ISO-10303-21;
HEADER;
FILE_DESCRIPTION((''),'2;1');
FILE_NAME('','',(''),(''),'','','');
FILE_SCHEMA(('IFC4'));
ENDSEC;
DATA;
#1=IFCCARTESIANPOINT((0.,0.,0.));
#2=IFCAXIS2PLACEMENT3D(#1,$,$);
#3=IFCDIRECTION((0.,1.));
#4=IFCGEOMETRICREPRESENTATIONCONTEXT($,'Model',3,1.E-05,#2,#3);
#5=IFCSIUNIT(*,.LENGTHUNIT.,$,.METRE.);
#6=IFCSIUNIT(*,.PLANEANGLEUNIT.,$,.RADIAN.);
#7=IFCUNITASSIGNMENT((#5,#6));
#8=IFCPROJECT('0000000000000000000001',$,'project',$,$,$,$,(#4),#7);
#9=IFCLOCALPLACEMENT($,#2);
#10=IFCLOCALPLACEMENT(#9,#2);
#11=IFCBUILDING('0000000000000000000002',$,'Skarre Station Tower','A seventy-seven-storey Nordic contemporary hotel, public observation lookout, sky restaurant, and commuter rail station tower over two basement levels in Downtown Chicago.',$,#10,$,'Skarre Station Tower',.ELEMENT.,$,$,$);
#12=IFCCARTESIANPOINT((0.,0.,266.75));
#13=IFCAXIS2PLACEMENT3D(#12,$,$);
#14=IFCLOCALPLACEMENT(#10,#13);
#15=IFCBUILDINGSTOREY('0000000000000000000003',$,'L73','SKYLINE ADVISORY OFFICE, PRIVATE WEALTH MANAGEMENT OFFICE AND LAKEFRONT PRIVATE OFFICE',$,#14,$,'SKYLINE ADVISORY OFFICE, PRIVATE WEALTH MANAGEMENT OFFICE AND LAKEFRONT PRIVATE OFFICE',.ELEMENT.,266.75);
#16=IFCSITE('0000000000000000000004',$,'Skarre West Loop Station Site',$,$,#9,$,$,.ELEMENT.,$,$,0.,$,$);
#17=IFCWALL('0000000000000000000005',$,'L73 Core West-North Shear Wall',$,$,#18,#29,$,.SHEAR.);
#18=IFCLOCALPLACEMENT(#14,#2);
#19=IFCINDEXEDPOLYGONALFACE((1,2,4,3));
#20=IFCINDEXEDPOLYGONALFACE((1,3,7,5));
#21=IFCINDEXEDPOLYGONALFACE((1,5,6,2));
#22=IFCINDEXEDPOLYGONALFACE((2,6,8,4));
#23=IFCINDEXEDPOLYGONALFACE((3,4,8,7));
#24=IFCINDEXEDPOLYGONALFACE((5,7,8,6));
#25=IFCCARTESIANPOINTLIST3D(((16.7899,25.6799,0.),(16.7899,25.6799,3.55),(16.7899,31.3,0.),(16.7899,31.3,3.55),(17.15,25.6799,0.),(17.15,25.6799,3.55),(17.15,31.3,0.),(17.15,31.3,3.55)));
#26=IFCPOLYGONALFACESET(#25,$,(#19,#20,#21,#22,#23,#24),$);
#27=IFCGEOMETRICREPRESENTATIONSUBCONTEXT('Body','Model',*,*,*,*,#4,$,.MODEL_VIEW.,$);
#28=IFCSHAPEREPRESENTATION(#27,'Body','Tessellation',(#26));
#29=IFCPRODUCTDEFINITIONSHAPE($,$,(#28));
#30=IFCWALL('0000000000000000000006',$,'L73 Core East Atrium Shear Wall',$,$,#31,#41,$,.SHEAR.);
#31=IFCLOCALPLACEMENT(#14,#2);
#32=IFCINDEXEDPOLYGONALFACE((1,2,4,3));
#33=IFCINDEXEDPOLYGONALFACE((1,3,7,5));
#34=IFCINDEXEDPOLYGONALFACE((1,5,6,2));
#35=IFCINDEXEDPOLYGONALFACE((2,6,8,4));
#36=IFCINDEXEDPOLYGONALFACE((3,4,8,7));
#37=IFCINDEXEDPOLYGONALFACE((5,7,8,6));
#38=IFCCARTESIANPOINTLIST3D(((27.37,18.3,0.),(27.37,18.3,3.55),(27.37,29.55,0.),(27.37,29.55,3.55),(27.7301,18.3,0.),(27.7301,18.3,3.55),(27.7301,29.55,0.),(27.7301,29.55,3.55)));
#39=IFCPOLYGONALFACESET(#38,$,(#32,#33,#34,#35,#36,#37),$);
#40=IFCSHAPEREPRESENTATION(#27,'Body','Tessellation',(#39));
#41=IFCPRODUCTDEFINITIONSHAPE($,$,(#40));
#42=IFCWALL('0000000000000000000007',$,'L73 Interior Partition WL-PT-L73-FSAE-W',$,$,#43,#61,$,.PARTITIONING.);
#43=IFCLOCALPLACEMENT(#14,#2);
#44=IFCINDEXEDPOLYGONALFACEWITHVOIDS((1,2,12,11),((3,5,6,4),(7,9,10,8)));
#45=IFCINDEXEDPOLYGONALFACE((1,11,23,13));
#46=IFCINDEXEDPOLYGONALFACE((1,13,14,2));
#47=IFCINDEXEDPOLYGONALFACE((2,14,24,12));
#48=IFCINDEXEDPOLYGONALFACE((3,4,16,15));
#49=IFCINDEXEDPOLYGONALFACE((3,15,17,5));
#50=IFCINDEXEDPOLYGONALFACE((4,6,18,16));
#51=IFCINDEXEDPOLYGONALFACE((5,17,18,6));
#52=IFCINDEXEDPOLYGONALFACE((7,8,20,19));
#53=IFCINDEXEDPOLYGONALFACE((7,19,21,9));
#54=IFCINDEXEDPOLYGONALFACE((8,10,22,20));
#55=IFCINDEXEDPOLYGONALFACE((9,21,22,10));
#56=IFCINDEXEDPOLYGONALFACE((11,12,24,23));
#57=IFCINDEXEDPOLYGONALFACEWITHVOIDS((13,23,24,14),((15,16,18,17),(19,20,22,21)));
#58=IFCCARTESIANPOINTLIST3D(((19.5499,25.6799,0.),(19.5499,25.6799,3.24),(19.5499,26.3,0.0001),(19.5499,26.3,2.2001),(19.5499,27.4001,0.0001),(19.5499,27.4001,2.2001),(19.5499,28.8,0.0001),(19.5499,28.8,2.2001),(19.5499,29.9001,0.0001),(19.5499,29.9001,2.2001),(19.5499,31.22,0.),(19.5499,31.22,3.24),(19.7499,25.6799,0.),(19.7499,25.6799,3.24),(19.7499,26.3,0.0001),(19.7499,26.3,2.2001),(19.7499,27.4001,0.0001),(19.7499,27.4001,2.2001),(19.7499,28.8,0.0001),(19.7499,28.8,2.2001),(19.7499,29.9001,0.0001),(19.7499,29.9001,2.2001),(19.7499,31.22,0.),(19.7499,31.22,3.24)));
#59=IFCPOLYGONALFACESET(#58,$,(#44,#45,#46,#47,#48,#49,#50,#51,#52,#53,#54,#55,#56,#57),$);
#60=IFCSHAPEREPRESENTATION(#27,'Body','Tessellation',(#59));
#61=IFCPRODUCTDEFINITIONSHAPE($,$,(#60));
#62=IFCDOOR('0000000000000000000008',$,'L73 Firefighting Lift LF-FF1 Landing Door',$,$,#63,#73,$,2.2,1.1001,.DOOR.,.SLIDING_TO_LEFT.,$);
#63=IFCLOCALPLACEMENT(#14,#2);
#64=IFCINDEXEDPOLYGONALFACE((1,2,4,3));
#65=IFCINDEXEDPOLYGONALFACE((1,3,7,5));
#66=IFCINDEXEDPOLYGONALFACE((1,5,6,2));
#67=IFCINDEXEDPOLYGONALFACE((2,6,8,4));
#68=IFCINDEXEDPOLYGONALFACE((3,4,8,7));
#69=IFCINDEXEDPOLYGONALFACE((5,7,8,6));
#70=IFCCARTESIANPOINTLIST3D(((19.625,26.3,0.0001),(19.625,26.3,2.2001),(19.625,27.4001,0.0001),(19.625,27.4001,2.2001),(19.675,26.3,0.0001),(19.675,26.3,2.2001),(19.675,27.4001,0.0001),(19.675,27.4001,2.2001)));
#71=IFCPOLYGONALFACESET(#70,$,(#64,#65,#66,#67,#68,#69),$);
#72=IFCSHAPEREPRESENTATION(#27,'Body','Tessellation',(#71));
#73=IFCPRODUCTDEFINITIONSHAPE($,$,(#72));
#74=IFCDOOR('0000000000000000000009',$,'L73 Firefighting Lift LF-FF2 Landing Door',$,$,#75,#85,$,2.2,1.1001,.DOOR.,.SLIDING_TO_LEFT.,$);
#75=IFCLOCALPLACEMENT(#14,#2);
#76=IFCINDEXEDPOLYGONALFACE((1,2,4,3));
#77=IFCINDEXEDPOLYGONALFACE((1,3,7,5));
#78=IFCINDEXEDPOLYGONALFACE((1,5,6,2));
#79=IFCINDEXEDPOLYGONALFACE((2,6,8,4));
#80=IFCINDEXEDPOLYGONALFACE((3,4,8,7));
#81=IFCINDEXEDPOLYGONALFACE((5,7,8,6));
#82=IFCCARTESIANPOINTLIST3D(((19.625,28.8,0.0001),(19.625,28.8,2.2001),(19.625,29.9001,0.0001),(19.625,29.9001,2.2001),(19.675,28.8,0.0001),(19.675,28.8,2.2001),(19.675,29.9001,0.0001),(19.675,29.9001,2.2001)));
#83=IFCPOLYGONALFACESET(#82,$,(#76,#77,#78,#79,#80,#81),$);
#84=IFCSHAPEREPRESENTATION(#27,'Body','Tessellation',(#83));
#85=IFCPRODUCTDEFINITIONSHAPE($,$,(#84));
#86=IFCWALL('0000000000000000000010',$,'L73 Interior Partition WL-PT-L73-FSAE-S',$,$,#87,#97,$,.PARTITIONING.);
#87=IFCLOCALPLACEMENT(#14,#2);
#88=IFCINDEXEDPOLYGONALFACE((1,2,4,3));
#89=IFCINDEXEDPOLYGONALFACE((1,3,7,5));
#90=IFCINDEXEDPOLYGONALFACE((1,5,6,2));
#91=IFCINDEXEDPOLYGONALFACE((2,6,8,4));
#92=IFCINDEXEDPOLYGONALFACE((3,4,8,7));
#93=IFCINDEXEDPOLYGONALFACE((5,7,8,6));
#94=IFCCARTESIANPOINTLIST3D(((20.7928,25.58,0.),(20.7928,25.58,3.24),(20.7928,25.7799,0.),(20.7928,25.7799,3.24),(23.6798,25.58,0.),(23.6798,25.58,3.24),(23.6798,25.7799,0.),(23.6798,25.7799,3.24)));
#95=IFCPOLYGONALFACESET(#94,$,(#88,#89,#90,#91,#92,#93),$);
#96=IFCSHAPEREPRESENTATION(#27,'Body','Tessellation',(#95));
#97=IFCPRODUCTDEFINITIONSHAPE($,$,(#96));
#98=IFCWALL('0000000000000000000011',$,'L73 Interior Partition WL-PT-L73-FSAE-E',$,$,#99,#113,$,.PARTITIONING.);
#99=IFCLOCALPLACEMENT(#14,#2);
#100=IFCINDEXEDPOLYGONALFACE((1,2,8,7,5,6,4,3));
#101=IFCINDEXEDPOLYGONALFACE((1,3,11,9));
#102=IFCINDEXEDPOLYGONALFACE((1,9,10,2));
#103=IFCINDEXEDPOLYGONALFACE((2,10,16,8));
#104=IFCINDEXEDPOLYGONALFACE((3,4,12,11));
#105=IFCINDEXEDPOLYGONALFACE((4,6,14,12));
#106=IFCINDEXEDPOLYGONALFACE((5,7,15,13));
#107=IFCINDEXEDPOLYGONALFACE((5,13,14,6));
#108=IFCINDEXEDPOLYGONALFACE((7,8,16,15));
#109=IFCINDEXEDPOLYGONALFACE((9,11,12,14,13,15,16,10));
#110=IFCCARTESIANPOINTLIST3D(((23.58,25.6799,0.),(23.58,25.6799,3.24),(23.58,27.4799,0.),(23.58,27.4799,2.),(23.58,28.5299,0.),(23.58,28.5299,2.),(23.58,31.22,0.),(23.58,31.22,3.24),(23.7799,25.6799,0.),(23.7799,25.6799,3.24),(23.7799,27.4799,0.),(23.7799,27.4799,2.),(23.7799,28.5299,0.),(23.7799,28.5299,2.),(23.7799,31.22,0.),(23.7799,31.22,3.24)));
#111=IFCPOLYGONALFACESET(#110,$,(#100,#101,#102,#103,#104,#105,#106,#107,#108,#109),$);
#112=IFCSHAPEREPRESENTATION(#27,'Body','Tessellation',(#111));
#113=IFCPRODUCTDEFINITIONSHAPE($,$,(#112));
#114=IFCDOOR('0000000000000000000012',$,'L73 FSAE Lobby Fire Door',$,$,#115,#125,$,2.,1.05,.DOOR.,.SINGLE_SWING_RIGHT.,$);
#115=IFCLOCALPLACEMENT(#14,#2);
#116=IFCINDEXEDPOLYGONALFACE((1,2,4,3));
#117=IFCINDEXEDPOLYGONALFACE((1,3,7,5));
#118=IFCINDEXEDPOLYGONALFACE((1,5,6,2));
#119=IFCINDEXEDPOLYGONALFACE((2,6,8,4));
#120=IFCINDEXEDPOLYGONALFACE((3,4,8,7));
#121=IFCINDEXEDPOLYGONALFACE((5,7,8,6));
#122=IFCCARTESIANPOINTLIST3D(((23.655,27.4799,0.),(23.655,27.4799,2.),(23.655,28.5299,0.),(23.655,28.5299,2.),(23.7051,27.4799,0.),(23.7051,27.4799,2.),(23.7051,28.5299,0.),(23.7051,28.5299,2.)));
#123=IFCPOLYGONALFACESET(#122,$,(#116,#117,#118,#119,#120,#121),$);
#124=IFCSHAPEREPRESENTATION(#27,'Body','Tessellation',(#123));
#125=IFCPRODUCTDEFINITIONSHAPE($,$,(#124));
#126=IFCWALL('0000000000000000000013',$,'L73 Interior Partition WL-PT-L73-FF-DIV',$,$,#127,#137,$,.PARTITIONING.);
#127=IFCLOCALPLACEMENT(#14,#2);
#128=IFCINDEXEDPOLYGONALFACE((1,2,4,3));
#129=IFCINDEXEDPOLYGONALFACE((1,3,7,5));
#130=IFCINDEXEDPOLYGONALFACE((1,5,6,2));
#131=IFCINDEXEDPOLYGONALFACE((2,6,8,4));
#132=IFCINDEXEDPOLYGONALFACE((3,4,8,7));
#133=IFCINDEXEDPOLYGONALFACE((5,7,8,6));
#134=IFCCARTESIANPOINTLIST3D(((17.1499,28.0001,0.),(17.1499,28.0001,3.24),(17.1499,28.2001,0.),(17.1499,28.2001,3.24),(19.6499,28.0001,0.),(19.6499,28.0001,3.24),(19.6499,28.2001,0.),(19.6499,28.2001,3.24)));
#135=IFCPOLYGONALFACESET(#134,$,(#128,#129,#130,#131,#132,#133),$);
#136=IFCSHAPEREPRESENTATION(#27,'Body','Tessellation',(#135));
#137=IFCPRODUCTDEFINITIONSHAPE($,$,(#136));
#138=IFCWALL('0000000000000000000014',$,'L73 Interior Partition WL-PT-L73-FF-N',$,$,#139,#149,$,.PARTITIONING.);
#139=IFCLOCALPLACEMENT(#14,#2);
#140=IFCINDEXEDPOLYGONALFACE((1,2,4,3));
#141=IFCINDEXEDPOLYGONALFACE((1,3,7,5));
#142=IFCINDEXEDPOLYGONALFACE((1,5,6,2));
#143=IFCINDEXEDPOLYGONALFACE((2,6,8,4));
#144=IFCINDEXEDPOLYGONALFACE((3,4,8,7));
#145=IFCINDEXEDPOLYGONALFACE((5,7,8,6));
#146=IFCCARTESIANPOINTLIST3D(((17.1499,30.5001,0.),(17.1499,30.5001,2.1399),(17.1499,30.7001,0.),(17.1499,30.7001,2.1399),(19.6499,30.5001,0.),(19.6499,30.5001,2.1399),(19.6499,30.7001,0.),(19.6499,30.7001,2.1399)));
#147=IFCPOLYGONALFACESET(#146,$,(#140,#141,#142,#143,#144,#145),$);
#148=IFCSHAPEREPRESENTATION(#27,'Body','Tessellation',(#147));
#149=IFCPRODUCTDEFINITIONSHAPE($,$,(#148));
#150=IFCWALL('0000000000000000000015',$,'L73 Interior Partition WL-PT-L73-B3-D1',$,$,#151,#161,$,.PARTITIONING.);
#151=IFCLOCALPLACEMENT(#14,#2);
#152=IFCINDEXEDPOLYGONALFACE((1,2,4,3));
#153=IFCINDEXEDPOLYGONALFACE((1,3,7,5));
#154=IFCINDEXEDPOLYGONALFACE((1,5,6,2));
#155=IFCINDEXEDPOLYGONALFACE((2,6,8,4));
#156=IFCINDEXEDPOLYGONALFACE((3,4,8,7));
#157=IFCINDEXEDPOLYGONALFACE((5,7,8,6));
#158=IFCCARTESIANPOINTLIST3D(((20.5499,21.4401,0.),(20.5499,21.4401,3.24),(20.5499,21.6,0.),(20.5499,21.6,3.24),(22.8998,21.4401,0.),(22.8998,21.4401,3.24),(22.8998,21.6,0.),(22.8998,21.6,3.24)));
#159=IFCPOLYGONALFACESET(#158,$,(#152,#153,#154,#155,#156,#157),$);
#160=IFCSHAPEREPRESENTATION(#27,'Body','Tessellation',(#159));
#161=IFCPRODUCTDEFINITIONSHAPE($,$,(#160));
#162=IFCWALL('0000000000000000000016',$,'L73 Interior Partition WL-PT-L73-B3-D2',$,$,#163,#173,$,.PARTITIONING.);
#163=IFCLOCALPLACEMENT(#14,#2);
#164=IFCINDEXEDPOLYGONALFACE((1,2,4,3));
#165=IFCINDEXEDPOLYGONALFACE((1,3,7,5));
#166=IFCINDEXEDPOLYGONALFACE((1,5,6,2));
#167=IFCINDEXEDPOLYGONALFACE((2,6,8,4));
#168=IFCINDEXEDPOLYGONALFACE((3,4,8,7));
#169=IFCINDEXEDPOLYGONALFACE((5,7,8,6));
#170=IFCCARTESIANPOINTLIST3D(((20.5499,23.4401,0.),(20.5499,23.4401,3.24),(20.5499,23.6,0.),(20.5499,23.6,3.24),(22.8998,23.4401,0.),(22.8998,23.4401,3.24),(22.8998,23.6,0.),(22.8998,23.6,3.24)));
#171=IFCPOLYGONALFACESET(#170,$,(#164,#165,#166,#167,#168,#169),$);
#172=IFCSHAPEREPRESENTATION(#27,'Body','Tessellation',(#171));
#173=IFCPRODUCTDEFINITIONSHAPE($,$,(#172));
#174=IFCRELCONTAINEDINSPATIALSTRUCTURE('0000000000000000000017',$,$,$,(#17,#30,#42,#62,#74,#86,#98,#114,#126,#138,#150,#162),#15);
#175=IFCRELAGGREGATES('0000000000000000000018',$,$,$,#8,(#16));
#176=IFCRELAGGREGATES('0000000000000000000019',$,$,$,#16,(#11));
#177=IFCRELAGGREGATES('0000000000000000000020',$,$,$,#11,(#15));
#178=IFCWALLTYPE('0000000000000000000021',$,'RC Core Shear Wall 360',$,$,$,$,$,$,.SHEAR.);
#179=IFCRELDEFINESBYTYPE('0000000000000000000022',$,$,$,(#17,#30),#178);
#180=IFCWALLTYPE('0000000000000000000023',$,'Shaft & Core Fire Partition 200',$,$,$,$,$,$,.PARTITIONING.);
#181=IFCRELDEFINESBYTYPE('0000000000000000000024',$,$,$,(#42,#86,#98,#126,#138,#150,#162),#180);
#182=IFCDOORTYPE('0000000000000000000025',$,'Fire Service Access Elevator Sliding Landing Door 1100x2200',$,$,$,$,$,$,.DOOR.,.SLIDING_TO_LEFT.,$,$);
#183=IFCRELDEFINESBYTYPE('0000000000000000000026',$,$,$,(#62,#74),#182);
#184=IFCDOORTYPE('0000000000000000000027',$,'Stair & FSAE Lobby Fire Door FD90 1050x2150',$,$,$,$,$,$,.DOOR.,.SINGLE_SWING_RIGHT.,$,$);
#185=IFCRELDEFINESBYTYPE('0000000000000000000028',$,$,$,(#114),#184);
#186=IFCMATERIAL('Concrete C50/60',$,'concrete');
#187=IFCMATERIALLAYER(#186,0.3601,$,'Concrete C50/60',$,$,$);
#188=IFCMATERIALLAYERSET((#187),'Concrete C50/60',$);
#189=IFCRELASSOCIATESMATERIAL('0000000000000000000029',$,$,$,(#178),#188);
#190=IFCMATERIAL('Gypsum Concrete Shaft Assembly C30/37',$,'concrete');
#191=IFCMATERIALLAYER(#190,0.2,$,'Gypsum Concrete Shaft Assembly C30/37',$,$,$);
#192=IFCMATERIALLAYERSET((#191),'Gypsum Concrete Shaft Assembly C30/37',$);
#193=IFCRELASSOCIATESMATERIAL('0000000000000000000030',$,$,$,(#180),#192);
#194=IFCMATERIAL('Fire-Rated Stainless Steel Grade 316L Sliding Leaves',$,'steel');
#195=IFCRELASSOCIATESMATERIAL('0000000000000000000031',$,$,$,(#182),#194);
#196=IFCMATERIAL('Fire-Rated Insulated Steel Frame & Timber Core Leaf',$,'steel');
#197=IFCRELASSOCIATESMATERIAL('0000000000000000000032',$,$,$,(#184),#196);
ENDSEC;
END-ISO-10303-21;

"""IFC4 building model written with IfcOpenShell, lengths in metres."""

from ifc_helpers import new_model, si_unit, direction, frame, frame_2d, origin, place, context, subcontext, project, spatial, rectangle, extrude, material, layer, layer_set, type_object, element, fill, save


model = new_model("IFC4")

# Units and contexts
model_context = context("Model", 3, precision=1e-05, world=origin(), true_north=direction((0.0, 1.0)))
body_context = subcontext(model_context, "Body", "Model", "MODEL_VIEW")
ifc_project = project(units=[si_unit("LENGTHUNIT", "METRE"), si_unit("PLANEANGLEUNIT", "RADIAN")], contexts=[model_context])

# Site, building, storey
site_placement = place(None, origin())
site = spatial("IfcSite", under=ifc_project, at=site_placement, Name="Skarre West Loop Station Site", CompositionType="ELEMENT", RefElevation=0.0)
building_placement = place(site_placement, origin())
building = spatial("IfcBuilding", under=site, at=building_placement, Name="Skarre Station Tower", Description="A seventy-seven-storey Nordic contemporary hotel, public observation lookout, sky restaurant, and commuter rail station tower over two basement levels in Downtown Chicago.", LongName="Skarre Station Tower", CompositionType="ELEMENT")
storey_placement = place(building_placement, frame((0.0, 0.0, 266.75)))
storey = spatial("IfcBuildingStorey", under=building, at=storey_placement, Name="L73", Description="SKYLINE ADVISORY OFFICE, PRIVATE WEALTH MANAGEMENT OFFICE AND LAKEFRONT PRIVATE OFFICE", LongName="SKYLINE ADVISORY OFFICE, PRIVATE WEALTH MANAGEMENT OFFICE AND LAKEFRONT PRIVATE OFFICE", CompositionType="ELEMENT", Elevation=266.75)

# Shared definitions
ifc_material_1 = material(Name="Concrete C50/60", Category="concrete")

# Walls
ifc_layer_1 = layer(ifc_material_1, 0.3601, Name="Concrete C50/60")
ifc_layer_set_1 = layer_set([ifc_layer_1], Name="Concrete C50/60")
wall_type_1 = type_object("IfcWallType", Name="RC Core Shear Wall 360", PredefinedType="SHEAR", material=ifc_layer_set_1)
wall_1_placement = place(storey_placement, frame((16.97, 25.6799, 0.0), z_axis=(0.0, 0.0, 1.0), x_axis=(0.0, 1.0, 0.0)))
element("IfcWall", 1, at=wall_1_placement, inside=storey, type_object=wall_type_1, Name="L73 Core West-North Shear Wall", PredefinedType="SHEAR", context=body_context, shape_type="SweptSolid", body=[
    extrude(rectangle(XDim=5.6201, YDim=0.3601, at=frame_2d((2.8101, 0.0))), origin(), (0.0, 0.0, 1.0), 3.55),
])
wall_2_placement = place(storey_placement, frame((27.55, 29.55, 0.0), z_axis=(0.0, 0.0, 1.0), x_axis=(0.0, -1.0, 0.0)))
element("IfcWall", 2, at=wall_2_placement, inside=storey, type_object=wall_type_1, Name="L73 Core East Atrium Shear Wall", PredefinedType="SHEAR", context=body_context, shape_type="SweptSolid", body=[
    extrude(rectangle(XDim=11.25, YDim=0.3601, at=frame_2d((5.625, 0.0))), origin(), (0.0, 0.0, 1.0), 3.55),
])

# Wall, openings, doors
ifc_material_2 = material(Name="Gypsum Concrete Shaft Assembly C30/37", Category="concrete")
ifc_layer_2 = layer(ifc_material_2, 0.2, Name="Gypsum Concrete Shaft Assembly C30/37")
ifc_layer_set_2 = layer_set([ifc_layer_2], Name="Gypsum Concrete Shaft Assembly C30/37")
wall_type_2 = type_object("IfcWallType", Name="Shaft & Core Fire Partition 200", PredefinedType="PARTITIONING", material=ifc_layer_set_2)
wall_3_placement = place(storey_placement, frame((19.6499, 25.6799, 0.0), z_axis=(0.0, 0.0, 1.0), x_axis=(0.0, 1.0, 0.0)))
wall_3 = element("IfcWall", 3, at=wall_3_placement, inside=storey, type_object=wall_type_2, Name="L73 Interior Partition WL-PT-L73-FSAE-W", PredefinedType="PARTITIONING", context=body_context, shape_type="SweptSolid", body=[
    extrude(rectangle(XDim=5.54, YDim=0.2, at=frame_2d((2.77, 0.0))), origin(), (0.0, 0.0, 1.0), 3.24),
])
opening_1_placement = place(wall_3_placement, frame((0.6201, 0.0, 0.0)))
opening_1 = element("IfcOpeningElement", 4, at=opening_1_placement, cuts=wall_3, PredefinedType="OPENING", context=body_context, shape_type="SweptSolid", body=[
    extrude(rectangle(XDim=1.1001, YDim=2.2, at=frame_2d((0.55, 1.1001))), frame((0.0, 0.1099, 0.0), z_axis=(0.0, -1.0, 0.0), x_axis=(1.0, 0.0, 0.0)), (0.0, 0.0, 1.0), 0.22),
])
opening_2_placement = place(wall_3_placement, frame((3.1201, 0.0, 0.0)))
opening_2 = element("IfcOpeningElement", 5, at=opening_2_placement, cuts=wall_3, PredefinedType="OPENING", context=body_context, shape_type="SweptSolid", body=[
    extrude(rectangle(XDim=1.1001, YDim=2.2, at=frame_2d((0.55, 1.1001))), frame((0.0, 0.1099, 0.0), z_axis=(0.0, -1.0, 0.0), x_axis=(1.0, 0.0, 0.0)), (0.0, 0.0, 1.0), 0.22),
])
ifc_material_3 = material(Name="Fire-Rated Stainless Steel Grade 316L Sliding Leaves", Category="steel")
door_type_1 = type_object("IfcDoorType", Name="Fire Service Access Elevator Sliding Landing Door 1100x2200", OperationType="SLIDING_TO_LEFT", PredefinedType="DOOR", material=ifc_material_3)
door_1_placement = place(opening_1_placement, origin())
door_1 = element("IfcDoor", 6, at=door_1_placement, inside=storey, type_object=door_type_1, Name="L73 Firefighting Lift LF-FF1 Landing Door", OperationType="SLIDING_TO_LEFT", OverallHeight=2.2, OverallWidth=1.1001, PredefinedType="DOOR", context=body_context, shape_type="SweptSolid", body=[
    extrude(rectangle(XDim=1.1001, YDim=2.2, at=frame_2d((0.55, 1.1001))), frame((0.0, 0.0249, 0.0), z_axis=(0.0, -1.0, 0.0), x_axis=(1.0, 0.0, 0.0)), (0.0, 0.0, 1.0), 0.05),
])
fill(opening_1, door_1)
door_2_placement = place(opening_2_placement, origin())
door_2 = element("IfcDoor", 7, at=door_2_placement, inside=storey, type_object=door_type_1, Name="L73 Firefighting Lift LF-FF2 Landing Door", OperationType="SLIDING_TO_LEFT", OverallHeight=2.2, OverallWidth=1.1001, PredefinedType="DOOR", context=body_context, shape_type="SweptSolid", body=[
    extrude(rectangle(XDim=1.1001, YDim=2.2, at=frame_2d((0.55, 1.1001))), frame((0.0, 0.0249, 0.0), z_axis=(0.0, -1.0, 0.0), x_axis=(1.0, 0.0, 0.0)), (0.0, 0.0, 1.0), 0.05),
])
fill(opening_2, door_2)

# Wall
wall_4_placement = place(storey_placement, frame((20.793, 25.6799, 0.0), z_axis=(0.0, 0.0, 1.0), x_axis=(1.0, 0.0, 0.0)))
element("IfcWall", 8, at=wall_4_placement, inside=storey, type_object=wall_type_2, Name="L73 Interior Partition WL-PT-L73-FSAE-S", PredefinedType="PARTITIONING", context=body_context, shape_type="SweptSolid", body=[
    extrude(rectangle(XDim=2.887, YDim=0.2, at=frame_2d((1.4434, 0.0))), origin(), (0.0, 0.0, 1.0), 3.24),
])

# Wall, opening, door
wall_5_placement = place(storey_placement, frame((23.6799, 25.6799, 0.0), z_axis=(0.0, 0.0, 1.0), x_axis=(0.0, 1.0, 0.0)))
wall_5 = element("IfcWall", 9, at=wall_5_placement, inside=storey, type_object=wall_type_2, Name="L73 Interior Partition WL-PT-L73-FSAE-E", PredefinedType="PARTITIONING", context=body_context, shape_type="SweptSolid", body=[
    extrude(rectangle(XDim=5.54, YDim=0.2, at=frame_2d((2.77, 0.0))), origin(), (0.0, 0.0, 1.0), 3.24),
])
opening_3_placement = place(wall_5_placement, frame((1.8, 0.0, 0.0)))
opening_3 = element("IfcOpeningElement", 10, at=opening_3_placement, cuts=wall_5, PredefinedType="OPENING", context=body_context, shape_type="SweptSolid", body=[
    extrude(rectangle(XDim=1.05, YDim=2.0, at=frame_2d((0.5249, 1.0))), frame((0.0, 0.1099, 0.0), z_axis=(0.0, -1.0, 0.0), x_axis=(1.0, 0.0, 0.0)), (0.0, 0.0, 1.0), 0.22),
])
ifc_material_4 = material(Name="Fire-Rated Insulated Steel Frame & Timber Core Leaf", Category="steel")
door_type_2 = type_object("IfcDoorType", Name="Stair & FSAE Lobby Fire Door FD90 1050x2150", OperationType="SINGLE_SWING_RIGHT", PredefinedType="DOOR", material=ifc_material_4)
door_3_placement = place(opening_3_placement, origin())
door_3 = element("IfcDoor", 11, at=door_3_placement, inside=storey, type_object=door_type_2, Name="L73 FSAE Lobby Fire Door", OperationType="SINGLE_SWING_RIGHT", OverallHeight=2.0, OverallWidth=1.05, PredefinedType="DOOR", context=body_context, shape_type="SweptSolid", body=[
    extrude(rectangle(XDim=1.05, YDim=2.0, at=frame_2d((0.5249, 1.0))), frame((0.0, 0.0249, 0.0), z_axis=(0.0, -1.0, 0.0), x_axis=(1.0, 0.0, 0.0)), (0.0, 0.0, 1.0), 0.05),
])
fill(opening_3, door_3)

# Walls
wall_6_placement = place(storey_placement, frame((17.1499, 28.1001, 0.0), z_axis=(0.0, 0.0, 1.0), x_axis=(1.0, 0.0, 0.0)))
element("IfcWall", 12, at=wall_6_placement, inside=storey, type_object=wall_type_2, Name="L73 Interior Partition WL-PT-L73-FF-DIV", PredefinedType="PARTITIONING", context=body_context, shape_type="SweptSolid", body=[
    extrude(rectangle(XDim=2.5, YDim=0.2, at=frame_2d((1.25, 0.0))), origin(), (0.0, 0.0, 1.0), 3.24),
])
wall_7_placement = place(storey_placement, frame((19.6499, 30.6001, 0.0), z_axis=(0.0, 0.0, 1.0), x_axis=(-1.0, 0.0, 0.0)))
element("IfcWall", 13, at=wall_7_placement, inside=storey, type_object=wall_type_2, Name="L73 Interior Partition WL-PT-L73-FF-N", PredefinedType="PARTITIONING", context=body_context, shape_type="SweptSolid", body=[
    extrude(rectangle(XDim=2.5, YDim=0.2, at=frame_2d((1.25, 0.0))), origin(), (0.0, 0.0, 1.0), 2.1399),
])
for number, where, z_axis, x_axis, name in (
    (14, (20.55, 21.52, 0.0), (0.0, 0.0, 1.0), (1.0, 0.0, 0.0), "L73 Interior Partition WL-PT-L73-B3-D1"),
    (15, (20.55, 23.52, 0.0), (0.0, 0.0, 1.0), (1.0, 0.0, 0.0), "L73 Interior Partition WL-PT-L73-B3-D2"),
):
    element("IfcWall", number, at=place(storey_placement, frame(where, z_axis=z_axis, x_axis=x_axis)), inside=storey, type_object=wall_type_2, Name=name, PredefinedType="PARTITIONING", context=body_context, shape_type="SweptSolid", body=[
        extrude(rectangle(XDim=2.3499, YDim=0.1599, at=frame_2d((1.1748, 0.0))), origin(), (0.0, 0.0, 1.0), 3.24),
    ])

save(model, "model.ifc")
